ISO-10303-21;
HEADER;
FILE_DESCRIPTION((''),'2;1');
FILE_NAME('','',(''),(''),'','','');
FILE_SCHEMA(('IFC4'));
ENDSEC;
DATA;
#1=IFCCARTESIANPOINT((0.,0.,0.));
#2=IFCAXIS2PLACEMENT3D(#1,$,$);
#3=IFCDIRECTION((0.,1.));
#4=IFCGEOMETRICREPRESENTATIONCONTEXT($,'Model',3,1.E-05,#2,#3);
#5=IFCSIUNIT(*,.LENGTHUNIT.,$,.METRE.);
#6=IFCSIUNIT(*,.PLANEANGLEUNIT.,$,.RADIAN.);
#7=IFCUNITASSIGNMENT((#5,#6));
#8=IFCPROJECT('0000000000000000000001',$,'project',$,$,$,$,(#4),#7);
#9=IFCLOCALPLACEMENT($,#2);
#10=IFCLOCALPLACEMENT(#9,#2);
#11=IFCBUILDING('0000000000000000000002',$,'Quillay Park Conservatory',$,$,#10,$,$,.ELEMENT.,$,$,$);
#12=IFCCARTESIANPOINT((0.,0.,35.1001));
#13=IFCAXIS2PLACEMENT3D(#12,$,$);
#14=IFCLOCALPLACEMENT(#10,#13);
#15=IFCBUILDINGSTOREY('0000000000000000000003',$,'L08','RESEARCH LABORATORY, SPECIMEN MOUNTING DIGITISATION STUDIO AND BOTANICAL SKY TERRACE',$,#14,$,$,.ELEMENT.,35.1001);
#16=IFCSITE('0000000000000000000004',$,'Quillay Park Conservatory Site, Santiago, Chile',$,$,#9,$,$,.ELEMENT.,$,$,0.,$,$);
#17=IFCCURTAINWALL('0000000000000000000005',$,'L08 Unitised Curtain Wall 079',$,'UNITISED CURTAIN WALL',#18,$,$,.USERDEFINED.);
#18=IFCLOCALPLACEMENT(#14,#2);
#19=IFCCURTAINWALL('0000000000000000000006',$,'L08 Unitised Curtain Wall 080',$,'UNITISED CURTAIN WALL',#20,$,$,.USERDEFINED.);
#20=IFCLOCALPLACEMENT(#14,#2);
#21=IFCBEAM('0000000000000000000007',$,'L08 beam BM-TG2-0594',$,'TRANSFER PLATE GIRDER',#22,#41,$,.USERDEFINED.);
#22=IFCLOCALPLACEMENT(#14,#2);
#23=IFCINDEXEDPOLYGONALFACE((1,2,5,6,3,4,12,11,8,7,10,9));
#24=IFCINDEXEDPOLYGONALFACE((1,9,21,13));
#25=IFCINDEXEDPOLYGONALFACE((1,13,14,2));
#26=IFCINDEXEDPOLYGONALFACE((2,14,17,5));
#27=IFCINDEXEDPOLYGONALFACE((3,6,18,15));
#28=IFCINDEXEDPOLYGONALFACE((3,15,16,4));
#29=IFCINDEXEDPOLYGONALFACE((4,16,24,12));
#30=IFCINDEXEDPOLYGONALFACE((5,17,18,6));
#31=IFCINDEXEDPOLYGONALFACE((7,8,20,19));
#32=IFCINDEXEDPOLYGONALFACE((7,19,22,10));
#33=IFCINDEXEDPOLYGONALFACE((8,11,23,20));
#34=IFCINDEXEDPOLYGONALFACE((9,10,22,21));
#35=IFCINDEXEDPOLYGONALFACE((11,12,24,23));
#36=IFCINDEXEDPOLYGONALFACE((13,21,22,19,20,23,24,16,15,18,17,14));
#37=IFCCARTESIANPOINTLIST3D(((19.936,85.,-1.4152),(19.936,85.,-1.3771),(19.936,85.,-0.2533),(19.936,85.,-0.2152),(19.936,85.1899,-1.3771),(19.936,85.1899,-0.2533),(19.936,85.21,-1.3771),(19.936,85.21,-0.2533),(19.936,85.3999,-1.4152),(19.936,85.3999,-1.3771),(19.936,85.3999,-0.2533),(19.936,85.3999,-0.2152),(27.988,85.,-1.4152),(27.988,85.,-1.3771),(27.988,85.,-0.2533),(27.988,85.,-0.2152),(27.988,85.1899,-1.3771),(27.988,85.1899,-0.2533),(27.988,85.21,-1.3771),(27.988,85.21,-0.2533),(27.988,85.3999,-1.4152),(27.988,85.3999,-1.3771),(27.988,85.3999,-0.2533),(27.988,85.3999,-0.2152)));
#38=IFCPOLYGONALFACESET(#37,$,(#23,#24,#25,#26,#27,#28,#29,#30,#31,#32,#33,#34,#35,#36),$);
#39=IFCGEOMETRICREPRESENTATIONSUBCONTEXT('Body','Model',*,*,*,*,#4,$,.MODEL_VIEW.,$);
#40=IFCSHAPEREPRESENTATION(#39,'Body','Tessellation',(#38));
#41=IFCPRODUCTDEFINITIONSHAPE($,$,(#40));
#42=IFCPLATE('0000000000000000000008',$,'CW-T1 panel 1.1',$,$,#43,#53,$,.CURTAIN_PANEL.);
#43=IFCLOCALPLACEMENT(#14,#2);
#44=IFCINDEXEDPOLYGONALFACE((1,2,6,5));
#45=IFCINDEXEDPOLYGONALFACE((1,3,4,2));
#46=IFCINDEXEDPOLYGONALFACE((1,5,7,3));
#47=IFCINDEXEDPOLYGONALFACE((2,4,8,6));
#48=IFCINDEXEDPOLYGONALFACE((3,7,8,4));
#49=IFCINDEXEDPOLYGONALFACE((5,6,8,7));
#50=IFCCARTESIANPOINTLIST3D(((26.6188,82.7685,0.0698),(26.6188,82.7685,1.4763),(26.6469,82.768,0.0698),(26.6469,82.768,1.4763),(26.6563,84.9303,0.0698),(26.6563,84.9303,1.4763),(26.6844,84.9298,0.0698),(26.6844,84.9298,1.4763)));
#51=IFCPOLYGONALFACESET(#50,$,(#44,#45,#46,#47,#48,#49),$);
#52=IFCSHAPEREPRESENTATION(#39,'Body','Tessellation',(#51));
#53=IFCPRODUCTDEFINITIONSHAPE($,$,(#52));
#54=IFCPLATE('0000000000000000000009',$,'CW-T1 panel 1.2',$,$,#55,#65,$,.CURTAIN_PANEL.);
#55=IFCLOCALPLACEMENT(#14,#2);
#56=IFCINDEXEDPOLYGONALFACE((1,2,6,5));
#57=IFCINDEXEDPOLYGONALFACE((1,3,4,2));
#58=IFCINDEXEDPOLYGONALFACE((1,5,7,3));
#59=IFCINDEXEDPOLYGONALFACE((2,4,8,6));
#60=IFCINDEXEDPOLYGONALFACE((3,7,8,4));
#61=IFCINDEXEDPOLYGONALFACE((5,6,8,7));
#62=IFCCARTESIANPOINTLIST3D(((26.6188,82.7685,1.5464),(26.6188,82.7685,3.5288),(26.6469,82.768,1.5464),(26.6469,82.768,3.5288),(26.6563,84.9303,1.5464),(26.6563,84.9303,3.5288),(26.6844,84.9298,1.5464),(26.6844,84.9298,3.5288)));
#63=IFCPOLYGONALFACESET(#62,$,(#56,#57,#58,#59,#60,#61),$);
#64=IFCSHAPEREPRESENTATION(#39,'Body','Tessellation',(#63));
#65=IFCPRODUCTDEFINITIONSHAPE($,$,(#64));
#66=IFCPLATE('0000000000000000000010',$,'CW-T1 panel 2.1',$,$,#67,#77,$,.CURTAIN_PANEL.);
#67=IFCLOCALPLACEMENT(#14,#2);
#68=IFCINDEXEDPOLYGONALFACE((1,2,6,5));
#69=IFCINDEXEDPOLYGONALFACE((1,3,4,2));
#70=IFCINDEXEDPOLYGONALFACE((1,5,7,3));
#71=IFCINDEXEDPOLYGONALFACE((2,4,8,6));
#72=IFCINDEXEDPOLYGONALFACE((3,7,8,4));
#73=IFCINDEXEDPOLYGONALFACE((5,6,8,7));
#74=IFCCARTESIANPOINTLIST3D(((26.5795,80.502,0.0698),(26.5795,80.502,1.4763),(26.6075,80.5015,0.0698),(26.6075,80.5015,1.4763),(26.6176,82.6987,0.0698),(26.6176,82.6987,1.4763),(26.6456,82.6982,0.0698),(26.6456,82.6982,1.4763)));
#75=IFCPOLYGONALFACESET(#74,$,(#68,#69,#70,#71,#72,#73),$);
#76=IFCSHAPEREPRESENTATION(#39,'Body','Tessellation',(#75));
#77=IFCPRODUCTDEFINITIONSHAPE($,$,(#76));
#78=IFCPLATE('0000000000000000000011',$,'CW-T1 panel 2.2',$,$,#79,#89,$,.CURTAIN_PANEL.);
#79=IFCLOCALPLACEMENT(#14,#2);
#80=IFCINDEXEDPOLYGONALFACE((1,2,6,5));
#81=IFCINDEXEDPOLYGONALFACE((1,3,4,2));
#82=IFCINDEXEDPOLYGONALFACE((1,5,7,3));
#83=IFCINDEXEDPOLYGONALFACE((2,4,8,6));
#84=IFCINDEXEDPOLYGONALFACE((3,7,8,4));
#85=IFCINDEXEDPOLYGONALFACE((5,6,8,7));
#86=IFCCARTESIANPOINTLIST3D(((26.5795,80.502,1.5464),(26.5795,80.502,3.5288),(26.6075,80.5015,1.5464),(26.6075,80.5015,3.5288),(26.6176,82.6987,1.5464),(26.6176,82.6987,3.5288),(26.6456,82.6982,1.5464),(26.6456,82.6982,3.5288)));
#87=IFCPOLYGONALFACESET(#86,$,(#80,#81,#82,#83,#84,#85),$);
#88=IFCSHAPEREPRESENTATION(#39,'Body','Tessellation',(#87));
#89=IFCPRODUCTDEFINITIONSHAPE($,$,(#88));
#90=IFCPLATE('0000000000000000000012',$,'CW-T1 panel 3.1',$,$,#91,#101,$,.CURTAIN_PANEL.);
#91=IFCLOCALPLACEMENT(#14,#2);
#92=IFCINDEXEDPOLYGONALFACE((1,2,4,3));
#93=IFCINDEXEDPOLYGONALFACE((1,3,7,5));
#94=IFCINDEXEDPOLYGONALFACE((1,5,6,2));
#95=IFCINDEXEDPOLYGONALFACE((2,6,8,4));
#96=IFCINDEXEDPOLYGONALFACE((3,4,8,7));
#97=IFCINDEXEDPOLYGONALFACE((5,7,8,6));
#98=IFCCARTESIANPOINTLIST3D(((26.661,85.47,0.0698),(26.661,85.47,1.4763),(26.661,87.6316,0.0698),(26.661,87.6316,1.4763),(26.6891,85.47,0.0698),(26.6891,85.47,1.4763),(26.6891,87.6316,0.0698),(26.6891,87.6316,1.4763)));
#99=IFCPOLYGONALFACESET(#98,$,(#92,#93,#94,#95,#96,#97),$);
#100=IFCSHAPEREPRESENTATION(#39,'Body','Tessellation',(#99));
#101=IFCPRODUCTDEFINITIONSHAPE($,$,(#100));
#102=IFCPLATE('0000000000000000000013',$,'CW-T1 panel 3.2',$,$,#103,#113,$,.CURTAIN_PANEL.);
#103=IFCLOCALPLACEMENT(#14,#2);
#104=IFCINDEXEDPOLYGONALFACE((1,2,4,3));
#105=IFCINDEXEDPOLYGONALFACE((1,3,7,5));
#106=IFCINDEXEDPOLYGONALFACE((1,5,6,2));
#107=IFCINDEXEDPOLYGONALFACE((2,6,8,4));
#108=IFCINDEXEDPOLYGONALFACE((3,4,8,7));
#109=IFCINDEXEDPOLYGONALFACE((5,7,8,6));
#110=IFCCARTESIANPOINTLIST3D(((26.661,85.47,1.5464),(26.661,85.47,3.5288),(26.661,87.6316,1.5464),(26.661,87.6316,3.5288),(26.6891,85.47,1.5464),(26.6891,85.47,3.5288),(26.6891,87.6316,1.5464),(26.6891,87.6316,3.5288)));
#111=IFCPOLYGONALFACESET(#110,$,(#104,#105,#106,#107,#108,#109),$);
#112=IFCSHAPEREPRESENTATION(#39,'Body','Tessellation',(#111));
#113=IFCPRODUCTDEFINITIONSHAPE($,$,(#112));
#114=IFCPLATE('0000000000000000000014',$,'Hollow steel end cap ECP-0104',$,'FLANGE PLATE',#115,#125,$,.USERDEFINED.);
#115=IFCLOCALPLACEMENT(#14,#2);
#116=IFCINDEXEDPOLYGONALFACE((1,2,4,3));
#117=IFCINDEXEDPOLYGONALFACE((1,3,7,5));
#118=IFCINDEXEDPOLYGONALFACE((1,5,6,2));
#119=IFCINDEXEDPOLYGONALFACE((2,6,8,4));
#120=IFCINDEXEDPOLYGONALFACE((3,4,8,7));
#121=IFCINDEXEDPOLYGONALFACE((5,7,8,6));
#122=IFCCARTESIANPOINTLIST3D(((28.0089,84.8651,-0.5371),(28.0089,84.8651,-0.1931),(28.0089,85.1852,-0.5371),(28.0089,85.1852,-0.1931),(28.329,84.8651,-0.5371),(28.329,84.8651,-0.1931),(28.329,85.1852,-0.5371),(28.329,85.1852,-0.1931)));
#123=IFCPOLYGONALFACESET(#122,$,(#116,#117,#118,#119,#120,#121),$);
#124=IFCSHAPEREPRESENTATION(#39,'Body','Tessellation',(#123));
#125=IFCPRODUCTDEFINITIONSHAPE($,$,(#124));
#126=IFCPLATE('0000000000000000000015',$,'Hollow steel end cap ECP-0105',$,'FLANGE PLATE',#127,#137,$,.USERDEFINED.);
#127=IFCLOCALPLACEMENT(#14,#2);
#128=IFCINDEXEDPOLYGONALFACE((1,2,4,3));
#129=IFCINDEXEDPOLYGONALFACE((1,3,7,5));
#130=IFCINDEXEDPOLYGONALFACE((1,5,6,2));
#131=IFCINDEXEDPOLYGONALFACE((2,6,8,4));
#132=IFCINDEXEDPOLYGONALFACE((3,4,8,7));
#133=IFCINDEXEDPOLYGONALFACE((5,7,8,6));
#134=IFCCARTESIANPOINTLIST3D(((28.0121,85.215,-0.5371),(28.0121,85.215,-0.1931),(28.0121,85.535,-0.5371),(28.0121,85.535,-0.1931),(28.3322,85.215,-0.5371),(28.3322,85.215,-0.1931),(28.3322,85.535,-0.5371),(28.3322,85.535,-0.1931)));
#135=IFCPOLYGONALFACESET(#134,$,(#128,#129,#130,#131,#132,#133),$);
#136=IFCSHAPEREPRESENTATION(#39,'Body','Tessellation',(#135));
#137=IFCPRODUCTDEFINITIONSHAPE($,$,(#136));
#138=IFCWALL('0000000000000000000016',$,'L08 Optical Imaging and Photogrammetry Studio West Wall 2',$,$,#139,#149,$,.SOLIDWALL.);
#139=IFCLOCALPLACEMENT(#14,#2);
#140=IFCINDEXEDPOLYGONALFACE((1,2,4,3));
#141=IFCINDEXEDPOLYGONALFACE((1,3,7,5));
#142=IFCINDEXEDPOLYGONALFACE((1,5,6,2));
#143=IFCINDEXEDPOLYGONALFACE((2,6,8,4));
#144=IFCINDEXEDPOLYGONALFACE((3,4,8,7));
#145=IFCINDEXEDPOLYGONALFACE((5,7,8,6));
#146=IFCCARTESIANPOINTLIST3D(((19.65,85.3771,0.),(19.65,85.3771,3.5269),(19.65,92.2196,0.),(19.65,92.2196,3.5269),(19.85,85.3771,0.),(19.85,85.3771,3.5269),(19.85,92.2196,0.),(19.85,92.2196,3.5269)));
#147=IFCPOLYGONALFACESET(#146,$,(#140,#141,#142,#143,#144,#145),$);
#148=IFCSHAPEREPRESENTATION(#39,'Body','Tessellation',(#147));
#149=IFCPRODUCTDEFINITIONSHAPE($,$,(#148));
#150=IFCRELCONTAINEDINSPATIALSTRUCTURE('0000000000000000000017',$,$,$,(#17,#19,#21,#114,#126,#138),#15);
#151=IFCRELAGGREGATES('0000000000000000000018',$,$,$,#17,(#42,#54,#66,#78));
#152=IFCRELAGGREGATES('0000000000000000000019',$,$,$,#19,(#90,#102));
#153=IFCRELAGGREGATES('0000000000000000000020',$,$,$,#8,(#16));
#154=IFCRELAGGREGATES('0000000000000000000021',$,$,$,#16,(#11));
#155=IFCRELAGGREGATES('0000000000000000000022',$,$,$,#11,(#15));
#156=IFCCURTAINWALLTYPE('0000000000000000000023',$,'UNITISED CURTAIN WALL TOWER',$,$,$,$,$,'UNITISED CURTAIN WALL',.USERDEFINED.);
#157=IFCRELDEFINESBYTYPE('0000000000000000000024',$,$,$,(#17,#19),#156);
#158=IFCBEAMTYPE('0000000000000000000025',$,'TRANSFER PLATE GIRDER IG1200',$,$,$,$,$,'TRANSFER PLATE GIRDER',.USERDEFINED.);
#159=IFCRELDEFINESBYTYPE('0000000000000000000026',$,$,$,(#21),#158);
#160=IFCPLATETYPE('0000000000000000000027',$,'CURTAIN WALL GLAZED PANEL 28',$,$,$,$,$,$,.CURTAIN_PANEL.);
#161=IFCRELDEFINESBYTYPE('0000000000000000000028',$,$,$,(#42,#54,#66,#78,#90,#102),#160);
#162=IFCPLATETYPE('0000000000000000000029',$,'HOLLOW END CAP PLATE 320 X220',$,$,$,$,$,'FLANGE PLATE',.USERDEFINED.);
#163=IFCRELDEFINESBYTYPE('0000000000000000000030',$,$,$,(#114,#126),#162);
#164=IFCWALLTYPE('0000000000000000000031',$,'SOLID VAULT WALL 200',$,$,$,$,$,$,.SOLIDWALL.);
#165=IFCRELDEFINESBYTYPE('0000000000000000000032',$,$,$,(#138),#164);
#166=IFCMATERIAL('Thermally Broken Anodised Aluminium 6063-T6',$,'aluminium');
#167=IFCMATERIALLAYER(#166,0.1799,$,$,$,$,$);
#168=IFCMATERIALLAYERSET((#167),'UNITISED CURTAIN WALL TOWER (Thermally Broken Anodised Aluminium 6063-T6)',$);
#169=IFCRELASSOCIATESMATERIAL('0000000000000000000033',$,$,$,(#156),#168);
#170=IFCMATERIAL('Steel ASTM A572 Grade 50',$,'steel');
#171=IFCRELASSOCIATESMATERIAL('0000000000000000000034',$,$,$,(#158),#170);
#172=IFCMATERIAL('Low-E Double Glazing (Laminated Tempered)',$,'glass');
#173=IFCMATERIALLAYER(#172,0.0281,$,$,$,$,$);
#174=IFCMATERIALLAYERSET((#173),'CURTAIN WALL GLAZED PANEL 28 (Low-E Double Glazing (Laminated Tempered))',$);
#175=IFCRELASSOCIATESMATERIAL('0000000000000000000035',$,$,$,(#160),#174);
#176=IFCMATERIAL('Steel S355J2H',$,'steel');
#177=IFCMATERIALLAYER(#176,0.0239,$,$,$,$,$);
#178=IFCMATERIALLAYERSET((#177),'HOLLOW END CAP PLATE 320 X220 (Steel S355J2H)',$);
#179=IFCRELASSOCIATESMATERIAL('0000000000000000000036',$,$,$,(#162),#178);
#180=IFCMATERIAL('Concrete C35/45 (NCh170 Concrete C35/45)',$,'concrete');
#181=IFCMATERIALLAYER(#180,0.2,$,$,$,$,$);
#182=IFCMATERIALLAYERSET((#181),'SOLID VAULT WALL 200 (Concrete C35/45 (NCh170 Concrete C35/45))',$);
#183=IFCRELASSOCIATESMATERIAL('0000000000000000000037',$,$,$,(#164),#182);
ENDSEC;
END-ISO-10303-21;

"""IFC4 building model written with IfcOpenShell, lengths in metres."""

from ifc_helpers import new_model, si_unit, direction, frame, frame_2d, origin, origin_2d, place, context, subcontext, project, spatial, rectangle, i_section, extrude, material, layer, layer_set, material_profile, profile_set, type_object, element, aggregate, save


model = new_model("IFC4")

# Units and contexts
model_context = context("Model", 3, precision=1e-05, world=origin(), true_north=direction((0.0, 1.0)))
body_context = subcontext(model_context, "Body", "Model", "MODEL_VIEW")
ifc_project = project(units=[si_unit("LENGTHUNIT", "METRE"), si_unit("PLANEANGLEUNIT", "RADIAN")], contexts=[model_context])

# Site, building, storey
site_placement = place(None, origin())
site = spatial("IfcSite", under=ifc_project, at=site_placement, Name="Quillay Park Conservatory Site, Santiago, Chile", CompositionType="ELEMENT", RefElevation=0.0)
building_placement = place(site_placement, origin())
building = spatial("IfcBuilding", under=site, at=building_placement, Name="Quillay Park Conservatory", CompositionType="ELEMENT")
storey_placement = place(building_placement, frame((0.0, 0.0, 35.1001)))
storey = spatial("IfcBuildingStorey", under=building, at=storey_placement, Name="L08", Description="RESEARCH LABORATORY, SPECIMEN MOUNTING DIGITISATION STUDIO AND BOTANICAL SKY TERRACE", CompositionType="ELEMENT", Elevation=35.1001)

# Curtain wall
ifc_material_1 = material(Name="Thermally Broken Anodised Aluminium 6063-T6", Category="aluminium")
ifc_layer_1 = layer(ifc_material_1, 0.1799)
ifc_layer_set_1 = layer_set([ifc_layer_1], Name="UNITISED CURTAIN WALL TOWER (Thermally Broken Anodised Aluminium 6063-T6)")
curtain_wall_type = type_object("IfcCurtainWallType", Name="UNITISED CURTAIN WALL TOWER", ElementType="UNITISED CURTAIN WALL", PredefinedType="USERDEFINED", material=ifc_layer_set_1)
curtain_wall_1_placement = place(storey_placement, origin())
curtain_wall_1 = element("IfcCurtainWall", 1, at=curtain_wall_1_placement, inside=storey, type_object=curtain_wall_type, Name="L08 Unitised Curtain Wall 079", ObjectType="UNITISED CURTAIN WALL", PredefinedType="USERDEFINED")

# Curtain wall
curtain_wall_2_placement = place(storey_placement, origin())
curtain_wall_2 = element("IfcCurtainWall", 2, at=curtain_wall_2_placement, inside=storey, type_object=curtain_wall_type, Name="L08 Unitised Curtain Wall 080", ObjectType="UNITISED CURTAIN WALL", PredefinedType="USERDEFINED")

# Beam
ifc_material_2 = material(Name="Steel ASTM A572 Grade 50", Category="steel")
ifc_material_profile_1 = material_profile(ifc_material_2, i_section(OverallWidth=0.3999, OverallDepth=1.2, WebThickness=0.02, FlangeThickness=0.0381, at=origin_2d()), Name="IG1200x400")
ifc_profile_set_1 = profile_set([ifc_material_profile_1], Name="Steel ASTM A572 Grade 50")
beam_type_1 = type_object("IfcBeamType", Name="TRANSFER PLATE GIRDER IG1200", ElementType="TRANSFER PLATE GIRDER", PredefinedType="USERDEFINED", material=ifc_profile_set_1)
beam_1_placement = place(storey_placement, frame((19.936, 85.2, -0.8152), z_axis=(1.0, 0.0, 0.0), x_axis=(0.0, 1.0, 0.0)))
element("IfcBeam", 3, at=beam_1_placement, inside=storey, type_object=beam_type_1, Name="L08 beam BM-TG2-0594", ObjectType="TRANSFER PLATE GIRDER", PredefinedType="USERDEFINED", context=body_context, shape_type="SweptSolid", body=[
    extrude(i_section(OverallWidth=0.3999, OverallDepth=1.2, WebThickness=0.02, FlangeThickness=0.0381, at=origin_2d()), origin(), (0.0, 0.0, 1.0), 8.052),
])

# Plates
ifc_material_3 = material(Name="Low-E Double Glazing (Laminated Tempered)", Category="glass")
ifc_layer_2 = layer(ifc_material_3, 0.0281)
ifc_layer_set_2 = layer_set([ifc_layer_2], Name="CURTAIN WALL GLAZED PANEL 28 (Low-E Double Glazing (Laminated Tempered))")
plate_type_1 = type_object("IfcPlateType", Name="CURTAIN WALL GLAZED PANEL 28", PredefinedType="CURTAIN_PANEL", material=ifc_layer_set_2)
plate_1_placement = place(storey_placement, frame((26.6516, 83.8491, 0.0698), z_axis=(0.0, 0.0, 1.0), x_axis=(-0.01735, -0.999849, 0.0)))
plate_1 = element("IfcPlate", 4, at=plate_1_placement, type_object=plate_type_1, Name="CW-T1 panel 1.1", PredefinedType="CURTAIN_PANEL", context=body_context, shape_type="SweptSolid", body=[
    extrude(rectangle(XDim=2.1621, YDim=0.0281, at=origin_2d()), origin(), (0.0, 0.0, 1.0), 1.4065),
])
plate_2_placement = place(storey_placement, frame((26.6516, 83.8491, 1.5464), z_axis=(0.0, 0.0, 1.0), x_axis=(-0.01735, -0.999849, 0.0)))
plate_2 = element("IfcPlate", 5, at=plate_2_placement, type_object=plate_type_1, Name="CW-T1 panel 1.2", PredefinedType="CURTAIN_PANEL", context=body_context, shape_type="SweptSolid", body=[
    extrude(rectangle(XDim=2.1621, YDim=0.0281, at=origin_2d()), origin(), (0.0, 0.0, 1.0), 1.9824),
])
plate_3_placement = place(storey_placement, frame((26.6125, 81.6001, 0.0698), z_axis=(0.0, 0.0, 1.0), x_axis=(-0.01735, -0.999849, 0.0)))
plate_3 = element("IfcPlate", 6, at=plate_3_placement, type_object=plate_type_1, Name="CW-T1 panel 2.1", PredefinedType="CURTAIN_PANEL", context=body_context, shape_type="SweptSolid", body=[
    extrude(rectangle(XDim=2.197, YDim=0.0281, at=origin_2d()), origin(), (0.0, 0.0, 1.0), 1.4065),
])
plate_4_placement = place(storey_placement, frame((26.6125, 81.6001, 1.5464), z_axis=(0.0, 0.0, 1.0), x_axis=(-0.01735, -0.999849, 0.0)))
plate_4 = element("IfcPlate", 7, at=plate_4_placement, type_object=plate_type_1, Name="CW-T1 panel 2.2", PredefinedType="CURTAIN_PANEL", context=body_context, shape_type="SweptSolid", body=[
    extrude(rectangle(XDim=2.197, YDim=0.0281, at=origin_2d()), origin(), (0.0, 0.0, 1.0), 1.9824),
])
aggregate(curtain_wall_1, [plate_1, plate_2, plate_3, plate_4])
plate_5_placement = place(storey_placement, frame((26.675, 86.5508, 0.0698), z_axis=(0.0, 0.0, 1.0), x_axis=(0.0, -1.0, 0.0)))
plate_5 = element("IfcPlate", 8, at=plate_5_placement, type_object=plate_type_1, Name="CW-T1 panel 3.1", PredefinedType="CURTAIN_PANEL", context=body_context, shape_type="SweptSolid", body=[
    extrude(rectangle(XDim=2.1616, YDim=0.0281, at=origin_2d()), origin(), (0.0, 0.0, 1.0), 1.4065),
])
plate_6_placement = place(storey_placement, frame((26.675, 86.5508, 1.5464), z_axis=(0.0, 0.0, 1.0), x_axis=(0.0, -1.0, 0.0)))
plate_6 = element("IfcPlate", 9, at=plate_6_placement, type_object=plate_type_1, Name="CW-T1 panel 3.2", PredefinedType="CURTAIN_PANEL", context=body_context, shape_type="SweptSolid", body=[
    extrude(rectangle(XDim=2.1616, YDim=0.0281, at=origin_2d()), origin(), (0.0, 0.0, 1.0), 1.9824),
])
aggregate(curtain_wall_2, [plate_5, plate_6])

# Plates
ifc_material_4 = material(Name="Steel S355J2H", Category="steel")
ifc_layer_3 = layer(ifc_material_4, 0.0239)
ifc_layer_set_3 = layer_set([ifc_layer_3], Name="HOLLOW END CAP PLATE 320 X220 (Steel S355J2H)")
plate_type_2 = type_object("IfcPlateType", Name="HOLLOW END CAP PLATE 320 X220", ElementType="FLANGE PLATE", PredefinedType="USERDEFINED", material=ifc_layer_set_3)
for number, where, z_axis, x_axis, name in (
    (10, (28.1689, 85.0251, -0.5371), (0.0, 0.0, 1.0), (1.0, 0.0, 0.0), "Hollow steel end cap ECP-0104"),
    (11, (28.1721, 85.375, -0.5371), (0.0, 0.0, 1.0), (1.0, 0.0, 0.0), "Hollow steel end cap ECP-0105"),
):
    element("IfcPlate", number, at=place(storey_placement, frame(where, z_axis=z_axis, x_axis=x_axis)), inside=storey, type_object=plate_type_2, Name=name, ObjectType="FLANGE PLATE", PredefinedType="USERDEFINED", context=body_context, shape_type="SweptSolid", body=[
        extrude(rectangle(XDim=0.3201, YDim=0.3201, at=origin_2d()), origin(), (0.0, 0.0, 1.0), 0.344),
    ])

# Wall
ifc_material_5 = material(Name="Concrete C35/45 (NCh170 Concrete C35/45)", Category="concrete")
ifc_layer_4 = layer(ifc_material_5, 0.2)
ifc_layer_set_4 = layer_set([ifc_layer_4], Name="SOLID VAULT WALL 200 (Concrete C35/45 (NCh170 Concrete C35/45))")
wall_type = type_object("IfcWallType", Name="SOLID VAULT WALL 200", PredefinedType="SOLIDWALL", material=ifc_layer_set_4)
wall_placement = place(storey_placement, frame((19.75, 85.377, 0.0), z_axis=(0.0, 0.0, 1.0), x_axis=(0.0, 1.0, 0.0)))
element("IfcWall", 12, at=wall_placement, inside=storey, type_object=wall_type, Name="L08 Optical Imaging and Photogrammetry Studio West Wall 2", PredefinedType="SOLIDWALL", context=body_context, shape_type="SweptSolid", body=[
    extrude(rectangle(XDim=6.8425, YDim=0.2, at=frame_2d((3.4214, 0.0))), origin(), (0.0, 0.0, 1.0), 3.5269),
])

save(model, "model.ifc")
